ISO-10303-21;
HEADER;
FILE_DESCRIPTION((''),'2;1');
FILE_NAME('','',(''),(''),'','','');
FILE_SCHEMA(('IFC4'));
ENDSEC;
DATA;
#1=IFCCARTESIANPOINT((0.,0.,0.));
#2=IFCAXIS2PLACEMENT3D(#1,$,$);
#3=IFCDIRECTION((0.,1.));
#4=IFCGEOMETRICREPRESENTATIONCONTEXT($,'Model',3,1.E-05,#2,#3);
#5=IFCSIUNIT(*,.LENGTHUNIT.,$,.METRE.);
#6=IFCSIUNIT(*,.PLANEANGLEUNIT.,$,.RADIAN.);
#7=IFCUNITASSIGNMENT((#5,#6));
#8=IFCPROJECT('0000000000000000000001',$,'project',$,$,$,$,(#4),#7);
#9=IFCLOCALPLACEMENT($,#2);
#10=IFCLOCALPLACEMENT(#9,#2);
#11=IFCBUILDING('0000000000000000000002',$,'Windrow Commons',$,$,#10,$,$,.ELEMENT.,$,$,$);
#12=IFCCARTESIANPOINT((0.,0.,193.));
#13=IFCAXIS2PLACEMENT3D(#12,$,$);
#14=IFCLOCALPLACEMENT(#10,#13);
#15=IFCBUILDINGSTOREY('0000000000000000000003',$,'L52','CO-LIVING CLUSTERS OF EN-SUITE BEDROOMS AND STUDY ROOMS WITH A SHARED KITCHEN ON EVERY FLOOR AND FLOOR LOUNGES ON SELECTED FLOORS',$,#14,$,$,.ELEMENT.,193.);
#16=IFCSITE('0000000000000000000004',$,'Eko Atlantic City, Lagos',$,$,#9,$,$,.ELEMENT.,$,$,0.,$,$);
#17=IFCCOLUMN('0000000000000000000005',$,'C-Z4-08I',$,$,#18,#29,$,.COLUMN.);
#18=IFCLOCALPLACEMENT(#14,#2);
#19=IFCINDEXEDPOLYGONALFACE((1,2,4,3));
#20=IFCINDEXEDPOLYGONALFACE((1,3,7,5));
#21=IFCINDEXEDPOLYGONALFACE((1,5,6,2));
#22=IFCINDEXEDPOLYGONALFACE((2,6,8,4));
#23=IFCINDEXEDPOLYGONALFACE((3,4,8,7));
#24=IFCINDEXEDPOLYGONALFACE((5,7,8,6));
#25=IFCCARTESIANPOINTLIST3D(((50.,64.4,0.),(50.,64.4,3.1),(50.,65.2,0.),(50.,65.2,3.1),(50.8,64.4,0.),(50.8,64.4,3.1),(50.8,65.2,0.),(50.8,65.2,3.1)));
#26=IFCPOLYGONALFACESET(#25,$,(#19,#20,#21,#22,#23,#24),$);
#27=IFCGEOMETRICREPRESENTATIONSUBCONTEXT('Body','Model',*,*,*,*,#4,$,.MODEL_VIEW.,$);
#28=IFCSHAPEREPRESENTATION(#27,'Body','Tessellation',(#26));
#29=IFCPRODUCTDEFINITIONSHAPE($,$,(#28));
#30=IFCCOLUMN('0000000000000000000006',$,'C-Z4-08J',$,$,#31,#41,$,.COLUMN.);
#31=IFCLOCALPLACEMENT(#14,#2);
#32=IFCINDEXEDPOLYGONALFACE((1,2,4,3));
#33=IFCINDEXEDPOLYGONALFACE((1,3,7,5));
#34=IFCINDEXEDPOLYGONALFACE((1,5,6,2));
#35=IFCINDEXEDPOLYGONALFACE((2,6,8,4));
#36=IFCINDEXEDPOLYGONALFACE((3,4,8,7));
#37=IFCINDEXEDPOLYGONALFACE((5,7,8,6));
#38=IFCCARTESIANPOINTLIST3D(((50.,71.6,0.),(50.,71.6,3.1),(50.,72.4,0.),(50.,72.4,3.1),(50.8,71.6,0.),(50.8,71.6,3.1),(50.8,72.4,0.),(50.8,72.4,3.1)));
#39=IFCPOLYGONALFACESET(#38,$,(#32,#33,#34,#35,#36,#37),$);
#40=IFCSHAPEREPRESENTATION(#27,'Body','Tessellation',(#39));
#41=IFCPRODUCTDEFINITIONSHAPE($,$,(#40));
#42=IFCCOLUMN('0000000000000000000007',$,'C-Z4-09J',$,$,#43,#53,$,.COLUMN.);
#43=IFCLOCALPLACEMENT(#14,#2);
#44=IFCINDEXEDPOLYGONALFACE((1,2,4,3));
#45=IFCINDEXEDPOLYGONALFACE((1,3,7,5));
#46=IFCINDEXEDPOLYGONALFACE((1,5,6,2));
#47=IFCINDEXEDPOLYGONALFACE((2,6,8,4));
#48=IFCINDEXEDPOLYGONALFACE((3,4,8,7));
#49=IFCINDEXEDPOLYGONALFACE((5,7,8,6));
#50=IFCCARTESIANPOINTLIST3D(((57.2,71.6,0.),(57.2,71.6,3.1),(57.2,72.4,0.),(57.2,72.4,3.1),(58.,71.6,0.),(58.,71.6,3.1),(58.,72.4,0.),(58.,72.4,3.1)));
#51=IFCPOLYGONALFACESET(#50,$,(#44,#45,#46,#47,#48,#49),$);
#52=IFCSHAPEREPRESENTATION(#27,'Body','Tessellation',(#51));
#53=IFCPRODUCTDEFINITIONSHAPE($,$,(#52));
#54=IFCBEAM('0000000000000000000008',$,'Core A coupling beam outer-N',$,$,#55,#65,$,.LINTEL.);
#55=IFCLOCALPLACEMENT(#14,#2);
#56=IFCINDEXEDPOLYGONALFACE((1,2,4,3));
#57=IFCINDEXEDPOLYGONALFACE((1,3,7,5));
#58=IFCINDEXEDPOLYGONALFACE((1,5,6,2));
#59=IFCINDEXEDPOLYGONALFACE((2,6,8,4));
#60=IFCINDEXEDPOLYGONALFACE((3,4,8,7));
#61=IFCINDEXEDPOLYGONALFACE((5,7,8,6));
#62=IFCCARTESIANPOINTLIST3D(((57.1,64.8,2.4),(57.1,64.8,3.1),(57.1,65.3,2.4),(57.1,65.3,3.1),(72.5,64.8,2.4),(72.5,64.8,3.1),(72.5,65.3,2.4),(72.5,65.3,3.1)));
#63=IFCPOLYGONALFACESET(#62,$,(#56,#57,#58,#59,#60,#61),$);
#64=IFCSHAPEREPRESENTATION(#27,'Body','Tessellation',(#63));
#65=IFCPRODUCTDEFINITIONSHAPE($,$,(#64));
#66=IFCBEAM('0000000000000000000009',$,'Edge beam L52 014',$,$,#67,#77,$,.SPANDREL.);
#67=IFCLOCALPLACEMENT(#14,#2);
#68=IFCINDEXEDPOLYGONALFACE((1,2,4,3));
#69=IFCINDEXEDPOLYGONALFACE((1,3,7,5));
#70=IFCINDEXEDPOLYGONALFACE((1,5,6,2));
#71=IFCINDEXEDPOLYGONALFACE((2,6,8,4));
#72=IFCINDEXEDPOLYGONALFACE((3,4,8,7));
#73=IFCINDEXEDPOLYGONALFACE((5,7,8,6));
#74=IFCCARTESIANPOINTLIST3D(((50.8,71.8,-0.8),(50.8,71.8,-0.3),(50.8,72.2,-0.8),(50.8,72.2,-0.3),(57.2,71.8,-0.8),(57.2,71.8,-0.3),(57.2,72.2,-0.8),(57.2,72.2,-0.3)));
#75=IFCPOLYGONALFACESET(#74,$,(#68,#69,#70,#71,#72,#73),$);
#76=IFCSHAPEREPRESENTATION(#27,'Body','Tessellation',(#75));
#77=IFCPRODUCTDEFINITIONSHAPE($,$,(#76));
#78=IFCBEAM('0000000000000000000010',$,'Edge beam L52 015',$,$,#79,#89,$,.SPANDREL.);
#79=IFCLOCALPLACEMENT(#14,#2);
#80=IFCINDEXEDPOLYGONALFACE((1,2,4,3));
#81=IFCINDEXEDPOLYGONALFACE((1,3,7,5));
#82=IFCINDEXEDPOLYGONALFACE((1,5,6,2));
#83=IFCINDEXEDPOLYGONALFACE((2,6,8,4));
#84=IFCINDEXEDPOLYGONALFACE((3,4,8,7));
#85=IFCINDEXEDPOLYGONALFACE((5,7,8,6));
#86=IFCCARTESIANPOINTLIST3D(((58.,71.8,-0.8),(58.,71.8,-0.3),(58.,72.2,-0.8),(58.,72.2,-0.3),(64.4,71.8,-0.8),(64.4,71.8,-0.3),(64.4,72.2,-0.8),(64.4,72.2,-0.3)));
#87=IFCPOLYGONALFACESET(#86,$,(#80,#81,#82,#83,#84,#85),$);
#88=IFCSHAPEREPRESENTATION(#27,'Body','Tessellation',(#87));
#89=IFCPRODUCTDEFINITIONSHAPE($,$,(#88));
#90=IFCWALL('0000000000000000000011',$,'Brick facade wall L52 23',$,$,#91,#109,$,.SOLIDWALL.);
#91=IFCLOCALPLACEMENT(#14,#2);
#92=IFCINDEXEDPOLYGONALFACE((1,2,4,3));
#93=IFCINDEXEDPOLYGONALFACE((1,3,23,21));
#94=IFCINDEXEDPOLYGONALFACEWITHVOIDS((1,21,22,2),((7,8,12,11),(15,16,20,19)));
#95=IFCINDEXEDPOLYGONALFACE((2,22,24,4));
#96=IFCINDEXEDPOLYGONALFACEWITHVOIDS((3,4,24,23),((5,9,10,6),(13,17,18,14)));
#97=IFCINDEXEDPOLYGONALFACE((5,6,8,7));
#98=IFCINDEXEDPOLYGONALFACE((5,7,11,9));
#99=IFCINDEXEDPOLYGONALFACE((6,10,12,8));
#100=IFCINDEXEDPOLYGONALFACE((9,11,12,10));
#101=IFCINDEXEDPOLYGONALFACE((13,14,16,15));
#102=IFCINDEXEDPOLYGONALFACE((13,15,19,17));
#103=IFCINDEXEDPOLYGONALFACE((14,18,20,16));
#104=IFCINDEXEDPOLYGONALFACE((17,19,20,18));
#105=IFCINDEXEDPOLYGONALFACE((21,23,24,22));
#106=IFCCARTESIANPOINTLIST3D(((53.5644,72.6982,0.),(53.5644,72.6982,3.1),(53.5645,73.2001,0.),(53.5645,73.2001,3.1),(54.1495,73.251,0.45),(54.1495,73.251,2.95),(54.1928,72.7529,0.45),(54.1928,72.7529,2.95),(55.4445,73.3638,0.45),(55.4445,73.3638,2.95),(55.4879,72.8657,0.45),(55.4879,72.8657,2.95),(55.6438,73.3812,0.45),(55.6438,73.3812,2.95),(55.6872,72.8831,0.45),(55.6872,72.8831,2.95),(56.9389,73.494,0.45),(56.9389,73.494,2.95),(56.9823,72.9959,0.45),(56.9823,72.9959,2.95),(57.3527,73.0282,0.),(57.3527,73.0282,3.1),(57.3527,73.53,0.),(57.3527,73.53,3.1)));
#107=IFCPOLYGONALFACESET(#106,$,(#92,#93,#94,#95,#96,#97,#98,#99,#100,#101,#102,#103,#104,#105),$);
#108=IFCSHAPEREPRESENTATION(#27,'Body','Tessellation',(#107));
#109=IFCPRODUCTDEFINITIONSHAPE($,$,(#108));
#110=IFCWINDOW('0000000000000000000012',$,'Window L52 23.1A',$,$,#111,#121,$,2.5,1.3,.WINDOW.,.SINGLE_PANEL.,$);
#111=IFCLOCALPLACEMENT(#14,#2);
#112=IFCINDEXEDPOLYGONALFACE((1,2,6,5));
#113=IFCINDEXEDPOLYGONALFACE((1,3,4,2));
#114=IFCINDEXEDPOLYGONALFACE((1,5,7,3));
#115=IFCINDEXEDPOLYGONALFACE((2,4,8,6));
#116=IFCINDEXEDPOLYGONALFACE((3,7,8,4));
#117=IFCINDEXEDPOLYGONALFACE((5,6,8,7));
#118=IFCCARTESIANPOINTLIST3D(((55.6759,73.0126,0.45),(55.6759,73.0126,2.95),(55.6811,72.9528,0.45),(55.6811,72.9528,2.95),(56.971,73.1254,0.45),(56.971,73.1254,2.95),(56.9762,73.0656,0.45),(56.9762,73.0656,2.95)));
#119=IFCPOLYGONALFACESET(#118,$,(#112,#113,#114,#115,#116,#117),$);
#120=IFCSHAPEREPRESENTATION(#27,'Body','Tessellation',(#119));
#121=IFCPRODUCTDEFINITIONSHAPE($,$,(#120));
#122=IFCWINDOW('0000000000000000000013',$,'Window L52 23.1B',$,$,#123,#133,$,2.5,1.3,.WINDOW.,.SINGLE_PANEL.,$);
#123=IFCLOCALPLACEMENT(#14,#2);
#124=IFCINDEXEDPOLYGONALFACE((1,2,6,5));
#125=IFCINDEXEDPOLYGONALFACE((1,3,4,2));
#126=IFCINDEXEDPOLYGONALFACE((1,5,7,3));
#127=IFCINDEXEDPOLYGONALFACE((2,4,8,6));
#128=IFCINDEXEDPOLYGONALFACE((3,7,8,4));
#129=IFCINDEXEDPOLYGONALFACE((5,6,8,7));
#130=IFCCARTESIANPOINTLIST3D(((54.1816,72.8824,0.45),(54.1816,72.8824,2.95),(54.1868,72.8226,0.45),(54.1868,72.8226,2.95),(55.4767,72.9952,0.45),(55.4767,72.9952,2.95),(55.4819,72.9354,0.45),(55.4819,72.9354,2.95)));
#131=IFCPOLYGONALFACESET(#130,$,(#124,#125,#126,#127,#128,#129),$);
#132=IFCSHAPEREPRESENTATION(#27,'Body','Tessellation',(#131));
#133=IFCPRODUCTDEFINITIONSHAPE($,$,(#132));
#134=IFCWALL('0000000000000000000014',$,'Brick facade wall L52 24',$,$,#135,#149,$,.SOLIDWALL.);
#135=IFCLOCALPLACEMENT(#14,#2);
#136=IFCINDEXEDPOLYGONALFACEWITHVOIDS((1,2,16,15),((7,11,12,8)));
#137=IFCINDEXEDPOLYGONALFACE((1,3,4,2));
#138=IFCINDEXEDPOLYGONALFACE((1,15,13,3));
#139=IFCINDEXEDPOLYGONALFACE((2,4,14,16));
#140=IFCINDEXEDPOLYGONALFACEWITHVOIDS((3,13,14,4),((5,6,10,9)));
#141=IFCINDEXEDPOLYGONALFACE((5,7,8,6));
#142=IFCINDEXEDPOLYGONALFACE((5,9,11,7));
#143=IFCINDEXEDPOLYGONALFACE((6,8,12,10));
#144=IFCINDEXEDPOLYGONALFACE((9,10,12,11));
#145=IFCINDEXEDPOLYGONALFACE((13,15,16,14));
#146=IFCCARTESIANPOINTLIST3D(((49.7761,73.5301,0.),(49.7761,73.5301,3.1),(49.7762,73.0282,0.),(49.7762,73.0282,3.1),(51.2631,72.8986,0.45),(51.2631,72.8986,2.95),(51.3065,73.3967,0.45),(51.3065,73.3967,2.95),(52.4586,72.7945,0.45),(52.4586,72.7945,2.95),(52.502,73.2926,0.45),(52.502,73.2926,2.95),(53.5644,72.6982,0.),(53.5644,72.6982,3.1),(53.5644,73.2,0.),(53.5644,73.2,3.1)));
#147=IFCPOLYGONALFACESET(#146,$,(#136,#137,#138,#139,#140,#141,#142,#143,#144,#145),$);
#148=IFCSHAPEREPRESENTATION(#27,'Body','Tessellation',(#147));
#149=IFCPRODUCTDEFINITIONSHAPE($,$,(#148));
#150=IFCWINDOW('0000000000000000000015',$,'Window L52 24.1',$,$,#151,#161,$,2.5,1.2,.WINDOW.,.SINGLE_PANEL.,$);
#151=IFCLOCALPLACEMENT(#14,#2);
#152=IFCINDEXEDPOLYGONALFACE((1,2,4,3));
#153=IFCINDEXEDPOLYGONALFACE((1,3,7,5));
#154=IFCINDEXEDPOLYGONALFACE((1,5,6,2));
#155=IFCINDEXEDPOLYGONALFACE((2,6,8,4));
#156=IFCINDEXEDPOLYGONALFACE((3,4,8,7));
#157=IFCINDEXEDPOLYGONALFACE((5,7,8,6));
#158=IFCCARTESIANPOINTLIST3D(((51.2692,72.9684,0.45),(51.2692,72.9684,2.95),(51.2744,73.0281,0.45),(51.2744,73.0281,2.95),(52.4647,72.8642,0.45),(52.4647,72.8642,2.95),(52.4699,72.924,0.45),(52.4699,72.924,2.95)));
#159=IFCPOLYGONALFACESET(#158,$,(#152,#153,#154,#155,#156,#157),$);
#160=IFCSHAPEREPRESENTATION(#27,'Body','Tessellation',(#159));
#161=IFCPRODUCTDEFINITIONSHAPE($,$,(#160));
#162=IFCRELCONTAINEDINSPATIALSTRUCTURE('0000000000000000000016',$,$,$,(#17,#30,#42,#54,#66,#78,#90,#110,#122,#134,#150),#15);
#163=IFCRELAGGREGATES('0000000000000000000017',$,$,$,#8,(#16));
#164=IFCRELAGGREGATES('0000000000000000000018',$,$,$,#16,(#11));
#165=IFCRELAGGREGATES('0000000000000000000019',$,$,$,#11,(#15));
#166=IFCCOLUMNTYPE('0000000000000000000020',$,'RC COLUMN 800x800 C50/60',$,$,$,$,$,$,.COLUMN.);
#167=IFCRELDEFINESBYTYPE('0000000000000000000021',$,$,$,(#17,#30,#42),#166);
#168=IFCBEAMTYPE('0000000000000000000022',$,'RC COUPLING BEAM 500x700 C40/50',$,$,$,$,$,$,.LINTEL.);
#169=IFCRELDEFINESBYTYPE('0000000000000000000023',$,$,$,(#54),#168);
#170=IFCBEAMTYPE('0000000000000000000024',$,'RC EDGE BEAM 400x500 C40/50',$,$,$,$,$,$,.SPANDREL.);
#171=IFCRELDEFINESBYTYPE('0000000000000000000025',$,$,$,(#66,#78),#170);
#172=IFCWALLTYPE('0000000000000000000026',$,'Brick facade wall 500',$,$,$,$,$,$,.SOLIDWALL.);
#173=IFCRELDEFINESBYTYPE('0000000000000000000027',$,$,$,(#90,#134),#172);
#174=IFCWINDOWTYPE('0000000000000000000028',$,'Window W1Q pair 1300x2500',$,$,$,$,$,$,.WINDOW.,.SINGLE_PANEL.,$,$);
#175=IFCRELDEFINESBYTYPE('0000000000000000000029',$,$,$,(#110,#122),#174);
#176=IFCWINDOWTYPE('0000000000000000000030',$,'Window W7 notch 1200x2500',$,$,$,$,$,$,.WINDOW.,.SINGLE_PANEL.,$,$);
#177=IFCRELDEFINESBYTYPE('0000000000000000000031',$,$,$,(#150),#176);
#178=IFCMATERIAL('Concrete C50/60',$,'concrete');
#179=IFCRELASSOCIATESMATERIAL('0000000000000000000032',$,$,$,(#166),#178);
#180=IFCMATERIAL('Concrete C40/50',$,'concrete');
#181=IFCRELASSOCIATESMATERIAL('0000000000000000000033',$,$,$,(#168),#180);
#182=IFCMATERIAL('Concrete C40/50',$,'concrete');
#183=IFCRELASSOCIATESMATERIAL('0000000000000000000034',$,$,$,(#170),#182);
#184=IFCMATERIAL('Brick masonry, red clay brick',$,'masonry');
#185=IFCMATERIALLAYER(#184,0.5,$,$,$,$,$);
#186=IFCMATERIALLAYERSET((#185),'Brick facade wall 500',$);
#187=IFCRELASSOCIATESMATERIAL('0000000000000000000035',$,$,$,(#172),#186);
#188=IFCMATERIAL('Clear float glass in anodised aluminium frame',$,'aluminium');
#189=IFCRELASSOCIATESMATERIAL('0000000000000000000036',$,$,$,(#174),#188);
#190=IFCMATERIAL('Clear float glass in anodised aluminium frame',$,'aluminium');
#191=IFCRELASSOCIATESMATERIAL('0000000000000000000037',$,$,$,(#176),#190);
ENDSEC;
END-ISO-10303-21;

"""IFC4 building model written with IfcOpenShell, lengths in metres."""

from ifc_helpers import new_model, si_unit, direction, frame, frame_2d, origin, origin_2d, place, context, subcontext, project, spatial, polyline, rectangle, outline, extrude, material, layer, layer_set, material_profile, profile_set, type_object, element, fill, save


model = new_model("IFC4")

# Units and contexts
model_context = context("Model", 3, precision=1e-05, world=origin(), true_north=direction((0.0, 1.0)))
body_context = subcontext(model_context, "Body", "Model", "MODEL_VIEW")
ifc_project = project(units=[si_unit("LENGTHUNIT", "METRE"), si_unit("PLANEANGLEUNIT", "RADIAN")], contexts=[model_context])

# Site, building, storey
site_placement = place(None, origin())
site = spatial("IfcSite", under=ifc_project, at=site_placement, Name="Eko Atlantic City, Lagos", CompositionType="ELEMENT", RefElevation=0.0)
building_placement = place(site_placement, origin())
building = spatial("IfcBuilding", under=site, at=building_placement, Name="Windrow Commons", CompositionType="ELEMENT")
storey_placement = place(building_placement, frame((0.0, 0.0, 193.0)))
storey = spatial("IfcBuildingStorey", under=building, at=storey_placement, Name="L52", Description="CO-LIVING CLUSTERS OF EN-SUITE BEDROOMS AND STUDY ROOMS WITH A SHARED KITCHEN ON EVERY FLOOR AND FLOOR LOUNGES ON SELECTED FLOORS", CompositionType="ELEMENT", Elevation=193.0)

# Columns
ifc_material_1 = material(Name="Concrete C50/60", Category="concrete")
ifc_material_profile_1 = material_profile(ifc_material_1, rectangle(XDim=0.8, YDim=0.8, at=origin_2d()))
ifc_profile_set_1 = profile_set([ifc_material_profile_1], Name="Concrete C50/60")
column_type = type_object("IfcColumnType", Name="RC COLUMN 800x800 C50/60", PredefinedType="COLUMN", material=ifc_profile_set_1)
for number, where, z_axis, x_axis, name in (
    (1, (50.4, 64.8, 0.0), (0.0, 0.0, 1.0), (1.0, 0.0, 0.0), "C-Z4-08I"),
    (2, (50.4, 72.0, 0.0), (0.0, 0.0, 1.0), (1.0, 0.0, 0.0), "C-Z4-08J"),
    (3, (57.6, 72.0, 0.0), (0.0, 0.0, 1.0), (1.0, 0.0, 0.0), "C-Z4-09J"),
):
    element("IfcColumn", number, at=place(storey_placement, frame(where, z_axis=z_axis, x_axis=x_axis)), inside=storey, type_object=column_type, Name=name, PredefinedType="COLUMN", context=body_context, shape_type="SweptSolid", body=[
        extrude(rectangle(XDim=0.8, YDim=0.8, at=origin_2d()), origin(), (0.0, 0.0, 1.0), 3.1),
    ])

# Beams
ifc_material_2 = material(Name="Concrete C40/50", Category="concrete")
ifc_material_profile_2 = material_profile(ifc_material_2, rectangle(XDim=0.5, YDim=0.7, at=origin_2d()))
ifc_profile_set_2 = profile_set([ifc_material_profile_2], Name="Concrete C40/50")
beam_type_1 = type_object("IfcBeamType", Name="RC COUPLING BEAM 500x700 C40/50", PredefinedType="LINTEL", material=ifc_profile_set_2)
beam_placement = place(storey_placement, frame((57.1, 65.05, 2.75), z_axis=(1.0, 0.0, 0.0), x_axis=(0.0, 1.0, 0.0)))
element("IfcBeam", 4, at=beam_placement, inside=storey, type_object=beam_type_1, Name="Core A coupling beam outer-N", PredefinedType="LINTEL", context=body_context, shape_type="SweptSolid", body=[
    extrude(rectangle(XDim=0.5, YDim=0.7, at=origin_2d()), origin(), (0.0, 0.0, 1.0), 15.4),
])
ifc_material_3 = material(Name="Concrete C40/50", Category="concrete")
ifc_material_profile_3 = material_profile(ifc_material_3, rectangle(XDim=0.4, YDim=0.5, at=origin_2d()))
ifc_profile_set_3 = profile_set([ifc_material_profile_3], Name="Concrete C40/50")
beam_type_2 = type_object("IfcBeamType", Name="RC EDGE BEAM 400x500 C40/50", PredefinedType="SPANDREL", material=ifc_profile_set_3)
for number, where, z_axis, x_axis, name in (
    (5, (50.8, 72.0, -0.55), (1.0, 0.0, 0.0), (0.0, 1.0, 0.0), "Edge beam L52 014"),
    (6, (58.0, 72.0, -0.55), (1.0, 0.0, 0.0), (0.0, 1.0, 0.0), "Edge beam L52 015"),
):
    element("IfcBeam", number, at=place(storey_placement, frame(where, z_axis=z_axis, x_axis=x_axis)), inside=storey, type_object=beam_type_2, Name=name, PredefinedType="SPANDREL", context=body_context, shape_type="SweptSolid", body=[
        extrude(rectangle(XDim=0.4, YDim=0.5, at=origin_2d()), origin(), (0.0, 0.0, 1.0), 6.4),
    ])

# Wall, openings, windows
ifc_material_4 = material(Name="Brick masonry, red clay brick", Category="masonry")
ifc_layer_1 = layer(ifc_material_4, 0.5)
ifc_layer_set_1 = layer_set([ifc_layer_1], Name="Brick facade wall 500")
wall_type_1 = type_object("IfcWallType", Name="Brick facade wall 500", PredefinedType="SOLIDWALL", material=ifc_layer_set_1)
wall_1_placement = place(storey_placement, frame((57.3527, 73.2791, 0.0), z_axis=(0.0, 0.0, 1.0), x_axis=(-0.996227, -0.086782, 0.0)))
wall_1 = element("IfcWall", 7, at=wall_1_placement, inside=storey, type_object=wall_type_1, Name="Brick facade wall L52 23", PredefinedType="SOLIDWALL", context=body_context, shape_type="SweptSolid", body=[
    extrude(outline(polyline([(-0.0218, -0.25), (3.7808, -0.25), (3.8244, 0.25), (0.0218, 0.25), (-0.0218, -0.25)])), origin(), (0.0, 0.0, 1.0), 3.1),
])
opening_1_placement = place(wall_1_placement, frame((0.3936, 0.0, 0.45)))
opening_1 = element("IfcOpeningElement", 8, at=opening_1_placement, cuts=wall_1, PredefinedType="OPENING", context=body_context, shape_type="SweptSolid", body=[
    extrude(rectangle(XDim=1.3, YDim=2.5, at=frame_2d((0.65, 1.25))), frame((0.0, 0.26, 0.0), z_axis=(0.0, -1.0, 0.0), x_axis=(1.0, 0.0, 0.0)), (0.0, 0.0, 1.0), 0.52),
])
opening_2_placement = place(wall_1_placement, frame((1.8936, 0.0, 0.45)))
opening_2 = element("IfcOpeningElement", 9, at=opening_2_placement, cuts=wall_1, PredefinedType="OPENING", context=body_context, shape_type="SweptSolid", body=[
    extrude(rectangle(XDim=1.3, YDim=2.5, at=frame_2d((0.65, 1.25))), frame((0.0, 0.26, 0.0), z_axis=(0.0, -1.0, 0.0), x_axis=(1.0, 0.0, 0.0)), (0.0, 0.0, 1.0), 0.52),
])
ifc_material_5 = material(Name="Clear float glass in anodised aluminium frame", Category="aluminium")
window_type_1 = type_object("IfcWindowType", Name="Window W1Q pair 1300x2500", PartitioningType="SINGLE_PANEL", PredefinedType="WINDOW", material=ifc_material_5)
window_1_placement = place(opening_1_placement, origin())
window_1 = element("IfcWindow", 10, at=window_1_placement, inside=storey, type_object=window_type_1, Name="Window L52 23.1A", OverallHeight=2.5, OverallWidth=1.3, PartitioningType="SINGLE_PANEL", PredefinedType="WINDOW", context=body_context, shape_type="SweptSolid", body=[
    extrude(rectangle(XDim=1.3, YDim=2.5, at=frame_2d((0.65, 1.25))), frame((0.0, 0.18, 0.0), z_axis=(0.0, -1.0, 0.0), x_axis=(1.0, 0.0, 0.0)), (0.0, 0.0, 1.0), 0.06),
])
fill(opening_1, window_1)
window_2_placement = place(opening_2_placement, origin())
window_2 = element("IfcWindow", 11, at=window_2_placement, inside=storey, type_object=window_type_1, Name="Window L52 23.1B", OverallHeight=2.5, OverallWidth=1.3, PartitioningType="SINGLE_PANEL", PredefinedType="WINDOW", context=body_context, shape_type="SweptSolid", body=[
    extrude(rectangle(XDim=1.3, YDim=2.5, at=frame_2d((0.65, 1.25))), frame((0.0, 0.18, 0.0), z_axis=(0.0, -1.0, 0.0), x_axis=(1.0, 0.0, 0.0)), (0.0, 0.0, 1.0), 0.06),
])
fill(opening_2, window_2)

# Wall, opening, window
wall_2_placement = place(storey_placement, frame((53.5644, 72.9491, 0.0), z_axis=(0.0, 0.0, 1.0), x_axis=(-0.996227, 0.086784, 0.0)))
wall_2 = element("IfcWall", 12, at=wall_2_placement, inside=storey, type_object=wall_type_1, Name="Brick facade wall L52 24", PredefinedType="SOLIDWALL", context=body_context, shape_type="SweptSolid", body=[
    extrude(outline(polyline([(0.0218, -0.25), (3.8244, -0.25), (3.7808, 0.25), (-0.0218, 0.25), (0.0218, -0.25)])), origin(), (0.0, 0.0, 1.0), 3.1),
])
opening_3_placement = place(wall_2_placement, frame((1.0882, 0.0, 0.45)))
opening_3 = element("IfcOpeningElement", 13, at=opening_3_placement, cuts=wall_2, PredefinedType="OPENING", context=body_context, shape_type="SweptSolid", body=[
    extrude(rectangle(XDim=1.2, YDim=2.5, at=frame_2d((0.6, 1.25))), frame((0.0, 0.26, 0.0), z_axis=(0.0, -1.0, 0.0), x_axis=(1.0, 0.0, 0.0)), (0.0, 0.0, 1.0), 0.52),
])
ifc_material_6 = material(Name="Clear float glass in anodised aluminium frame", Category="aluminium")
window_type_2 = type_object("IfcWindowType", Name="Window W7 notch 1200x2500", PartitioningType="SINGLE_PANEL", PredefinedType="WINDOW", material=ifc_material_6)
window_3_placement = place(opening_3_placement, origin())
window_3 = element("IfcWindow", 14, at=window_3_placement, inside=storey, type_object=window_type_2, Name="Window L52 24.1", OverallHeight=2.5, OverallWidth=1.2, PartitioningType="SINGLE_PANEL", PredefinedType="WINDOW", context=body_context, shape_type="SweptSolid", body=[
    extrude(rectangle(XDim=1.2, YDim=2.5, at=frame_2d((0.6, 1.25))), frame((0.0, 0.18, 0.0), z_axis=(0.0, -1.0, 0.0), x_axis=(1.0, 0.0, 0.0)), (0.0, 0.0, 1.0), 0.06),
])
fill(opening_3, window_3)

save(model, "model.ifc")
